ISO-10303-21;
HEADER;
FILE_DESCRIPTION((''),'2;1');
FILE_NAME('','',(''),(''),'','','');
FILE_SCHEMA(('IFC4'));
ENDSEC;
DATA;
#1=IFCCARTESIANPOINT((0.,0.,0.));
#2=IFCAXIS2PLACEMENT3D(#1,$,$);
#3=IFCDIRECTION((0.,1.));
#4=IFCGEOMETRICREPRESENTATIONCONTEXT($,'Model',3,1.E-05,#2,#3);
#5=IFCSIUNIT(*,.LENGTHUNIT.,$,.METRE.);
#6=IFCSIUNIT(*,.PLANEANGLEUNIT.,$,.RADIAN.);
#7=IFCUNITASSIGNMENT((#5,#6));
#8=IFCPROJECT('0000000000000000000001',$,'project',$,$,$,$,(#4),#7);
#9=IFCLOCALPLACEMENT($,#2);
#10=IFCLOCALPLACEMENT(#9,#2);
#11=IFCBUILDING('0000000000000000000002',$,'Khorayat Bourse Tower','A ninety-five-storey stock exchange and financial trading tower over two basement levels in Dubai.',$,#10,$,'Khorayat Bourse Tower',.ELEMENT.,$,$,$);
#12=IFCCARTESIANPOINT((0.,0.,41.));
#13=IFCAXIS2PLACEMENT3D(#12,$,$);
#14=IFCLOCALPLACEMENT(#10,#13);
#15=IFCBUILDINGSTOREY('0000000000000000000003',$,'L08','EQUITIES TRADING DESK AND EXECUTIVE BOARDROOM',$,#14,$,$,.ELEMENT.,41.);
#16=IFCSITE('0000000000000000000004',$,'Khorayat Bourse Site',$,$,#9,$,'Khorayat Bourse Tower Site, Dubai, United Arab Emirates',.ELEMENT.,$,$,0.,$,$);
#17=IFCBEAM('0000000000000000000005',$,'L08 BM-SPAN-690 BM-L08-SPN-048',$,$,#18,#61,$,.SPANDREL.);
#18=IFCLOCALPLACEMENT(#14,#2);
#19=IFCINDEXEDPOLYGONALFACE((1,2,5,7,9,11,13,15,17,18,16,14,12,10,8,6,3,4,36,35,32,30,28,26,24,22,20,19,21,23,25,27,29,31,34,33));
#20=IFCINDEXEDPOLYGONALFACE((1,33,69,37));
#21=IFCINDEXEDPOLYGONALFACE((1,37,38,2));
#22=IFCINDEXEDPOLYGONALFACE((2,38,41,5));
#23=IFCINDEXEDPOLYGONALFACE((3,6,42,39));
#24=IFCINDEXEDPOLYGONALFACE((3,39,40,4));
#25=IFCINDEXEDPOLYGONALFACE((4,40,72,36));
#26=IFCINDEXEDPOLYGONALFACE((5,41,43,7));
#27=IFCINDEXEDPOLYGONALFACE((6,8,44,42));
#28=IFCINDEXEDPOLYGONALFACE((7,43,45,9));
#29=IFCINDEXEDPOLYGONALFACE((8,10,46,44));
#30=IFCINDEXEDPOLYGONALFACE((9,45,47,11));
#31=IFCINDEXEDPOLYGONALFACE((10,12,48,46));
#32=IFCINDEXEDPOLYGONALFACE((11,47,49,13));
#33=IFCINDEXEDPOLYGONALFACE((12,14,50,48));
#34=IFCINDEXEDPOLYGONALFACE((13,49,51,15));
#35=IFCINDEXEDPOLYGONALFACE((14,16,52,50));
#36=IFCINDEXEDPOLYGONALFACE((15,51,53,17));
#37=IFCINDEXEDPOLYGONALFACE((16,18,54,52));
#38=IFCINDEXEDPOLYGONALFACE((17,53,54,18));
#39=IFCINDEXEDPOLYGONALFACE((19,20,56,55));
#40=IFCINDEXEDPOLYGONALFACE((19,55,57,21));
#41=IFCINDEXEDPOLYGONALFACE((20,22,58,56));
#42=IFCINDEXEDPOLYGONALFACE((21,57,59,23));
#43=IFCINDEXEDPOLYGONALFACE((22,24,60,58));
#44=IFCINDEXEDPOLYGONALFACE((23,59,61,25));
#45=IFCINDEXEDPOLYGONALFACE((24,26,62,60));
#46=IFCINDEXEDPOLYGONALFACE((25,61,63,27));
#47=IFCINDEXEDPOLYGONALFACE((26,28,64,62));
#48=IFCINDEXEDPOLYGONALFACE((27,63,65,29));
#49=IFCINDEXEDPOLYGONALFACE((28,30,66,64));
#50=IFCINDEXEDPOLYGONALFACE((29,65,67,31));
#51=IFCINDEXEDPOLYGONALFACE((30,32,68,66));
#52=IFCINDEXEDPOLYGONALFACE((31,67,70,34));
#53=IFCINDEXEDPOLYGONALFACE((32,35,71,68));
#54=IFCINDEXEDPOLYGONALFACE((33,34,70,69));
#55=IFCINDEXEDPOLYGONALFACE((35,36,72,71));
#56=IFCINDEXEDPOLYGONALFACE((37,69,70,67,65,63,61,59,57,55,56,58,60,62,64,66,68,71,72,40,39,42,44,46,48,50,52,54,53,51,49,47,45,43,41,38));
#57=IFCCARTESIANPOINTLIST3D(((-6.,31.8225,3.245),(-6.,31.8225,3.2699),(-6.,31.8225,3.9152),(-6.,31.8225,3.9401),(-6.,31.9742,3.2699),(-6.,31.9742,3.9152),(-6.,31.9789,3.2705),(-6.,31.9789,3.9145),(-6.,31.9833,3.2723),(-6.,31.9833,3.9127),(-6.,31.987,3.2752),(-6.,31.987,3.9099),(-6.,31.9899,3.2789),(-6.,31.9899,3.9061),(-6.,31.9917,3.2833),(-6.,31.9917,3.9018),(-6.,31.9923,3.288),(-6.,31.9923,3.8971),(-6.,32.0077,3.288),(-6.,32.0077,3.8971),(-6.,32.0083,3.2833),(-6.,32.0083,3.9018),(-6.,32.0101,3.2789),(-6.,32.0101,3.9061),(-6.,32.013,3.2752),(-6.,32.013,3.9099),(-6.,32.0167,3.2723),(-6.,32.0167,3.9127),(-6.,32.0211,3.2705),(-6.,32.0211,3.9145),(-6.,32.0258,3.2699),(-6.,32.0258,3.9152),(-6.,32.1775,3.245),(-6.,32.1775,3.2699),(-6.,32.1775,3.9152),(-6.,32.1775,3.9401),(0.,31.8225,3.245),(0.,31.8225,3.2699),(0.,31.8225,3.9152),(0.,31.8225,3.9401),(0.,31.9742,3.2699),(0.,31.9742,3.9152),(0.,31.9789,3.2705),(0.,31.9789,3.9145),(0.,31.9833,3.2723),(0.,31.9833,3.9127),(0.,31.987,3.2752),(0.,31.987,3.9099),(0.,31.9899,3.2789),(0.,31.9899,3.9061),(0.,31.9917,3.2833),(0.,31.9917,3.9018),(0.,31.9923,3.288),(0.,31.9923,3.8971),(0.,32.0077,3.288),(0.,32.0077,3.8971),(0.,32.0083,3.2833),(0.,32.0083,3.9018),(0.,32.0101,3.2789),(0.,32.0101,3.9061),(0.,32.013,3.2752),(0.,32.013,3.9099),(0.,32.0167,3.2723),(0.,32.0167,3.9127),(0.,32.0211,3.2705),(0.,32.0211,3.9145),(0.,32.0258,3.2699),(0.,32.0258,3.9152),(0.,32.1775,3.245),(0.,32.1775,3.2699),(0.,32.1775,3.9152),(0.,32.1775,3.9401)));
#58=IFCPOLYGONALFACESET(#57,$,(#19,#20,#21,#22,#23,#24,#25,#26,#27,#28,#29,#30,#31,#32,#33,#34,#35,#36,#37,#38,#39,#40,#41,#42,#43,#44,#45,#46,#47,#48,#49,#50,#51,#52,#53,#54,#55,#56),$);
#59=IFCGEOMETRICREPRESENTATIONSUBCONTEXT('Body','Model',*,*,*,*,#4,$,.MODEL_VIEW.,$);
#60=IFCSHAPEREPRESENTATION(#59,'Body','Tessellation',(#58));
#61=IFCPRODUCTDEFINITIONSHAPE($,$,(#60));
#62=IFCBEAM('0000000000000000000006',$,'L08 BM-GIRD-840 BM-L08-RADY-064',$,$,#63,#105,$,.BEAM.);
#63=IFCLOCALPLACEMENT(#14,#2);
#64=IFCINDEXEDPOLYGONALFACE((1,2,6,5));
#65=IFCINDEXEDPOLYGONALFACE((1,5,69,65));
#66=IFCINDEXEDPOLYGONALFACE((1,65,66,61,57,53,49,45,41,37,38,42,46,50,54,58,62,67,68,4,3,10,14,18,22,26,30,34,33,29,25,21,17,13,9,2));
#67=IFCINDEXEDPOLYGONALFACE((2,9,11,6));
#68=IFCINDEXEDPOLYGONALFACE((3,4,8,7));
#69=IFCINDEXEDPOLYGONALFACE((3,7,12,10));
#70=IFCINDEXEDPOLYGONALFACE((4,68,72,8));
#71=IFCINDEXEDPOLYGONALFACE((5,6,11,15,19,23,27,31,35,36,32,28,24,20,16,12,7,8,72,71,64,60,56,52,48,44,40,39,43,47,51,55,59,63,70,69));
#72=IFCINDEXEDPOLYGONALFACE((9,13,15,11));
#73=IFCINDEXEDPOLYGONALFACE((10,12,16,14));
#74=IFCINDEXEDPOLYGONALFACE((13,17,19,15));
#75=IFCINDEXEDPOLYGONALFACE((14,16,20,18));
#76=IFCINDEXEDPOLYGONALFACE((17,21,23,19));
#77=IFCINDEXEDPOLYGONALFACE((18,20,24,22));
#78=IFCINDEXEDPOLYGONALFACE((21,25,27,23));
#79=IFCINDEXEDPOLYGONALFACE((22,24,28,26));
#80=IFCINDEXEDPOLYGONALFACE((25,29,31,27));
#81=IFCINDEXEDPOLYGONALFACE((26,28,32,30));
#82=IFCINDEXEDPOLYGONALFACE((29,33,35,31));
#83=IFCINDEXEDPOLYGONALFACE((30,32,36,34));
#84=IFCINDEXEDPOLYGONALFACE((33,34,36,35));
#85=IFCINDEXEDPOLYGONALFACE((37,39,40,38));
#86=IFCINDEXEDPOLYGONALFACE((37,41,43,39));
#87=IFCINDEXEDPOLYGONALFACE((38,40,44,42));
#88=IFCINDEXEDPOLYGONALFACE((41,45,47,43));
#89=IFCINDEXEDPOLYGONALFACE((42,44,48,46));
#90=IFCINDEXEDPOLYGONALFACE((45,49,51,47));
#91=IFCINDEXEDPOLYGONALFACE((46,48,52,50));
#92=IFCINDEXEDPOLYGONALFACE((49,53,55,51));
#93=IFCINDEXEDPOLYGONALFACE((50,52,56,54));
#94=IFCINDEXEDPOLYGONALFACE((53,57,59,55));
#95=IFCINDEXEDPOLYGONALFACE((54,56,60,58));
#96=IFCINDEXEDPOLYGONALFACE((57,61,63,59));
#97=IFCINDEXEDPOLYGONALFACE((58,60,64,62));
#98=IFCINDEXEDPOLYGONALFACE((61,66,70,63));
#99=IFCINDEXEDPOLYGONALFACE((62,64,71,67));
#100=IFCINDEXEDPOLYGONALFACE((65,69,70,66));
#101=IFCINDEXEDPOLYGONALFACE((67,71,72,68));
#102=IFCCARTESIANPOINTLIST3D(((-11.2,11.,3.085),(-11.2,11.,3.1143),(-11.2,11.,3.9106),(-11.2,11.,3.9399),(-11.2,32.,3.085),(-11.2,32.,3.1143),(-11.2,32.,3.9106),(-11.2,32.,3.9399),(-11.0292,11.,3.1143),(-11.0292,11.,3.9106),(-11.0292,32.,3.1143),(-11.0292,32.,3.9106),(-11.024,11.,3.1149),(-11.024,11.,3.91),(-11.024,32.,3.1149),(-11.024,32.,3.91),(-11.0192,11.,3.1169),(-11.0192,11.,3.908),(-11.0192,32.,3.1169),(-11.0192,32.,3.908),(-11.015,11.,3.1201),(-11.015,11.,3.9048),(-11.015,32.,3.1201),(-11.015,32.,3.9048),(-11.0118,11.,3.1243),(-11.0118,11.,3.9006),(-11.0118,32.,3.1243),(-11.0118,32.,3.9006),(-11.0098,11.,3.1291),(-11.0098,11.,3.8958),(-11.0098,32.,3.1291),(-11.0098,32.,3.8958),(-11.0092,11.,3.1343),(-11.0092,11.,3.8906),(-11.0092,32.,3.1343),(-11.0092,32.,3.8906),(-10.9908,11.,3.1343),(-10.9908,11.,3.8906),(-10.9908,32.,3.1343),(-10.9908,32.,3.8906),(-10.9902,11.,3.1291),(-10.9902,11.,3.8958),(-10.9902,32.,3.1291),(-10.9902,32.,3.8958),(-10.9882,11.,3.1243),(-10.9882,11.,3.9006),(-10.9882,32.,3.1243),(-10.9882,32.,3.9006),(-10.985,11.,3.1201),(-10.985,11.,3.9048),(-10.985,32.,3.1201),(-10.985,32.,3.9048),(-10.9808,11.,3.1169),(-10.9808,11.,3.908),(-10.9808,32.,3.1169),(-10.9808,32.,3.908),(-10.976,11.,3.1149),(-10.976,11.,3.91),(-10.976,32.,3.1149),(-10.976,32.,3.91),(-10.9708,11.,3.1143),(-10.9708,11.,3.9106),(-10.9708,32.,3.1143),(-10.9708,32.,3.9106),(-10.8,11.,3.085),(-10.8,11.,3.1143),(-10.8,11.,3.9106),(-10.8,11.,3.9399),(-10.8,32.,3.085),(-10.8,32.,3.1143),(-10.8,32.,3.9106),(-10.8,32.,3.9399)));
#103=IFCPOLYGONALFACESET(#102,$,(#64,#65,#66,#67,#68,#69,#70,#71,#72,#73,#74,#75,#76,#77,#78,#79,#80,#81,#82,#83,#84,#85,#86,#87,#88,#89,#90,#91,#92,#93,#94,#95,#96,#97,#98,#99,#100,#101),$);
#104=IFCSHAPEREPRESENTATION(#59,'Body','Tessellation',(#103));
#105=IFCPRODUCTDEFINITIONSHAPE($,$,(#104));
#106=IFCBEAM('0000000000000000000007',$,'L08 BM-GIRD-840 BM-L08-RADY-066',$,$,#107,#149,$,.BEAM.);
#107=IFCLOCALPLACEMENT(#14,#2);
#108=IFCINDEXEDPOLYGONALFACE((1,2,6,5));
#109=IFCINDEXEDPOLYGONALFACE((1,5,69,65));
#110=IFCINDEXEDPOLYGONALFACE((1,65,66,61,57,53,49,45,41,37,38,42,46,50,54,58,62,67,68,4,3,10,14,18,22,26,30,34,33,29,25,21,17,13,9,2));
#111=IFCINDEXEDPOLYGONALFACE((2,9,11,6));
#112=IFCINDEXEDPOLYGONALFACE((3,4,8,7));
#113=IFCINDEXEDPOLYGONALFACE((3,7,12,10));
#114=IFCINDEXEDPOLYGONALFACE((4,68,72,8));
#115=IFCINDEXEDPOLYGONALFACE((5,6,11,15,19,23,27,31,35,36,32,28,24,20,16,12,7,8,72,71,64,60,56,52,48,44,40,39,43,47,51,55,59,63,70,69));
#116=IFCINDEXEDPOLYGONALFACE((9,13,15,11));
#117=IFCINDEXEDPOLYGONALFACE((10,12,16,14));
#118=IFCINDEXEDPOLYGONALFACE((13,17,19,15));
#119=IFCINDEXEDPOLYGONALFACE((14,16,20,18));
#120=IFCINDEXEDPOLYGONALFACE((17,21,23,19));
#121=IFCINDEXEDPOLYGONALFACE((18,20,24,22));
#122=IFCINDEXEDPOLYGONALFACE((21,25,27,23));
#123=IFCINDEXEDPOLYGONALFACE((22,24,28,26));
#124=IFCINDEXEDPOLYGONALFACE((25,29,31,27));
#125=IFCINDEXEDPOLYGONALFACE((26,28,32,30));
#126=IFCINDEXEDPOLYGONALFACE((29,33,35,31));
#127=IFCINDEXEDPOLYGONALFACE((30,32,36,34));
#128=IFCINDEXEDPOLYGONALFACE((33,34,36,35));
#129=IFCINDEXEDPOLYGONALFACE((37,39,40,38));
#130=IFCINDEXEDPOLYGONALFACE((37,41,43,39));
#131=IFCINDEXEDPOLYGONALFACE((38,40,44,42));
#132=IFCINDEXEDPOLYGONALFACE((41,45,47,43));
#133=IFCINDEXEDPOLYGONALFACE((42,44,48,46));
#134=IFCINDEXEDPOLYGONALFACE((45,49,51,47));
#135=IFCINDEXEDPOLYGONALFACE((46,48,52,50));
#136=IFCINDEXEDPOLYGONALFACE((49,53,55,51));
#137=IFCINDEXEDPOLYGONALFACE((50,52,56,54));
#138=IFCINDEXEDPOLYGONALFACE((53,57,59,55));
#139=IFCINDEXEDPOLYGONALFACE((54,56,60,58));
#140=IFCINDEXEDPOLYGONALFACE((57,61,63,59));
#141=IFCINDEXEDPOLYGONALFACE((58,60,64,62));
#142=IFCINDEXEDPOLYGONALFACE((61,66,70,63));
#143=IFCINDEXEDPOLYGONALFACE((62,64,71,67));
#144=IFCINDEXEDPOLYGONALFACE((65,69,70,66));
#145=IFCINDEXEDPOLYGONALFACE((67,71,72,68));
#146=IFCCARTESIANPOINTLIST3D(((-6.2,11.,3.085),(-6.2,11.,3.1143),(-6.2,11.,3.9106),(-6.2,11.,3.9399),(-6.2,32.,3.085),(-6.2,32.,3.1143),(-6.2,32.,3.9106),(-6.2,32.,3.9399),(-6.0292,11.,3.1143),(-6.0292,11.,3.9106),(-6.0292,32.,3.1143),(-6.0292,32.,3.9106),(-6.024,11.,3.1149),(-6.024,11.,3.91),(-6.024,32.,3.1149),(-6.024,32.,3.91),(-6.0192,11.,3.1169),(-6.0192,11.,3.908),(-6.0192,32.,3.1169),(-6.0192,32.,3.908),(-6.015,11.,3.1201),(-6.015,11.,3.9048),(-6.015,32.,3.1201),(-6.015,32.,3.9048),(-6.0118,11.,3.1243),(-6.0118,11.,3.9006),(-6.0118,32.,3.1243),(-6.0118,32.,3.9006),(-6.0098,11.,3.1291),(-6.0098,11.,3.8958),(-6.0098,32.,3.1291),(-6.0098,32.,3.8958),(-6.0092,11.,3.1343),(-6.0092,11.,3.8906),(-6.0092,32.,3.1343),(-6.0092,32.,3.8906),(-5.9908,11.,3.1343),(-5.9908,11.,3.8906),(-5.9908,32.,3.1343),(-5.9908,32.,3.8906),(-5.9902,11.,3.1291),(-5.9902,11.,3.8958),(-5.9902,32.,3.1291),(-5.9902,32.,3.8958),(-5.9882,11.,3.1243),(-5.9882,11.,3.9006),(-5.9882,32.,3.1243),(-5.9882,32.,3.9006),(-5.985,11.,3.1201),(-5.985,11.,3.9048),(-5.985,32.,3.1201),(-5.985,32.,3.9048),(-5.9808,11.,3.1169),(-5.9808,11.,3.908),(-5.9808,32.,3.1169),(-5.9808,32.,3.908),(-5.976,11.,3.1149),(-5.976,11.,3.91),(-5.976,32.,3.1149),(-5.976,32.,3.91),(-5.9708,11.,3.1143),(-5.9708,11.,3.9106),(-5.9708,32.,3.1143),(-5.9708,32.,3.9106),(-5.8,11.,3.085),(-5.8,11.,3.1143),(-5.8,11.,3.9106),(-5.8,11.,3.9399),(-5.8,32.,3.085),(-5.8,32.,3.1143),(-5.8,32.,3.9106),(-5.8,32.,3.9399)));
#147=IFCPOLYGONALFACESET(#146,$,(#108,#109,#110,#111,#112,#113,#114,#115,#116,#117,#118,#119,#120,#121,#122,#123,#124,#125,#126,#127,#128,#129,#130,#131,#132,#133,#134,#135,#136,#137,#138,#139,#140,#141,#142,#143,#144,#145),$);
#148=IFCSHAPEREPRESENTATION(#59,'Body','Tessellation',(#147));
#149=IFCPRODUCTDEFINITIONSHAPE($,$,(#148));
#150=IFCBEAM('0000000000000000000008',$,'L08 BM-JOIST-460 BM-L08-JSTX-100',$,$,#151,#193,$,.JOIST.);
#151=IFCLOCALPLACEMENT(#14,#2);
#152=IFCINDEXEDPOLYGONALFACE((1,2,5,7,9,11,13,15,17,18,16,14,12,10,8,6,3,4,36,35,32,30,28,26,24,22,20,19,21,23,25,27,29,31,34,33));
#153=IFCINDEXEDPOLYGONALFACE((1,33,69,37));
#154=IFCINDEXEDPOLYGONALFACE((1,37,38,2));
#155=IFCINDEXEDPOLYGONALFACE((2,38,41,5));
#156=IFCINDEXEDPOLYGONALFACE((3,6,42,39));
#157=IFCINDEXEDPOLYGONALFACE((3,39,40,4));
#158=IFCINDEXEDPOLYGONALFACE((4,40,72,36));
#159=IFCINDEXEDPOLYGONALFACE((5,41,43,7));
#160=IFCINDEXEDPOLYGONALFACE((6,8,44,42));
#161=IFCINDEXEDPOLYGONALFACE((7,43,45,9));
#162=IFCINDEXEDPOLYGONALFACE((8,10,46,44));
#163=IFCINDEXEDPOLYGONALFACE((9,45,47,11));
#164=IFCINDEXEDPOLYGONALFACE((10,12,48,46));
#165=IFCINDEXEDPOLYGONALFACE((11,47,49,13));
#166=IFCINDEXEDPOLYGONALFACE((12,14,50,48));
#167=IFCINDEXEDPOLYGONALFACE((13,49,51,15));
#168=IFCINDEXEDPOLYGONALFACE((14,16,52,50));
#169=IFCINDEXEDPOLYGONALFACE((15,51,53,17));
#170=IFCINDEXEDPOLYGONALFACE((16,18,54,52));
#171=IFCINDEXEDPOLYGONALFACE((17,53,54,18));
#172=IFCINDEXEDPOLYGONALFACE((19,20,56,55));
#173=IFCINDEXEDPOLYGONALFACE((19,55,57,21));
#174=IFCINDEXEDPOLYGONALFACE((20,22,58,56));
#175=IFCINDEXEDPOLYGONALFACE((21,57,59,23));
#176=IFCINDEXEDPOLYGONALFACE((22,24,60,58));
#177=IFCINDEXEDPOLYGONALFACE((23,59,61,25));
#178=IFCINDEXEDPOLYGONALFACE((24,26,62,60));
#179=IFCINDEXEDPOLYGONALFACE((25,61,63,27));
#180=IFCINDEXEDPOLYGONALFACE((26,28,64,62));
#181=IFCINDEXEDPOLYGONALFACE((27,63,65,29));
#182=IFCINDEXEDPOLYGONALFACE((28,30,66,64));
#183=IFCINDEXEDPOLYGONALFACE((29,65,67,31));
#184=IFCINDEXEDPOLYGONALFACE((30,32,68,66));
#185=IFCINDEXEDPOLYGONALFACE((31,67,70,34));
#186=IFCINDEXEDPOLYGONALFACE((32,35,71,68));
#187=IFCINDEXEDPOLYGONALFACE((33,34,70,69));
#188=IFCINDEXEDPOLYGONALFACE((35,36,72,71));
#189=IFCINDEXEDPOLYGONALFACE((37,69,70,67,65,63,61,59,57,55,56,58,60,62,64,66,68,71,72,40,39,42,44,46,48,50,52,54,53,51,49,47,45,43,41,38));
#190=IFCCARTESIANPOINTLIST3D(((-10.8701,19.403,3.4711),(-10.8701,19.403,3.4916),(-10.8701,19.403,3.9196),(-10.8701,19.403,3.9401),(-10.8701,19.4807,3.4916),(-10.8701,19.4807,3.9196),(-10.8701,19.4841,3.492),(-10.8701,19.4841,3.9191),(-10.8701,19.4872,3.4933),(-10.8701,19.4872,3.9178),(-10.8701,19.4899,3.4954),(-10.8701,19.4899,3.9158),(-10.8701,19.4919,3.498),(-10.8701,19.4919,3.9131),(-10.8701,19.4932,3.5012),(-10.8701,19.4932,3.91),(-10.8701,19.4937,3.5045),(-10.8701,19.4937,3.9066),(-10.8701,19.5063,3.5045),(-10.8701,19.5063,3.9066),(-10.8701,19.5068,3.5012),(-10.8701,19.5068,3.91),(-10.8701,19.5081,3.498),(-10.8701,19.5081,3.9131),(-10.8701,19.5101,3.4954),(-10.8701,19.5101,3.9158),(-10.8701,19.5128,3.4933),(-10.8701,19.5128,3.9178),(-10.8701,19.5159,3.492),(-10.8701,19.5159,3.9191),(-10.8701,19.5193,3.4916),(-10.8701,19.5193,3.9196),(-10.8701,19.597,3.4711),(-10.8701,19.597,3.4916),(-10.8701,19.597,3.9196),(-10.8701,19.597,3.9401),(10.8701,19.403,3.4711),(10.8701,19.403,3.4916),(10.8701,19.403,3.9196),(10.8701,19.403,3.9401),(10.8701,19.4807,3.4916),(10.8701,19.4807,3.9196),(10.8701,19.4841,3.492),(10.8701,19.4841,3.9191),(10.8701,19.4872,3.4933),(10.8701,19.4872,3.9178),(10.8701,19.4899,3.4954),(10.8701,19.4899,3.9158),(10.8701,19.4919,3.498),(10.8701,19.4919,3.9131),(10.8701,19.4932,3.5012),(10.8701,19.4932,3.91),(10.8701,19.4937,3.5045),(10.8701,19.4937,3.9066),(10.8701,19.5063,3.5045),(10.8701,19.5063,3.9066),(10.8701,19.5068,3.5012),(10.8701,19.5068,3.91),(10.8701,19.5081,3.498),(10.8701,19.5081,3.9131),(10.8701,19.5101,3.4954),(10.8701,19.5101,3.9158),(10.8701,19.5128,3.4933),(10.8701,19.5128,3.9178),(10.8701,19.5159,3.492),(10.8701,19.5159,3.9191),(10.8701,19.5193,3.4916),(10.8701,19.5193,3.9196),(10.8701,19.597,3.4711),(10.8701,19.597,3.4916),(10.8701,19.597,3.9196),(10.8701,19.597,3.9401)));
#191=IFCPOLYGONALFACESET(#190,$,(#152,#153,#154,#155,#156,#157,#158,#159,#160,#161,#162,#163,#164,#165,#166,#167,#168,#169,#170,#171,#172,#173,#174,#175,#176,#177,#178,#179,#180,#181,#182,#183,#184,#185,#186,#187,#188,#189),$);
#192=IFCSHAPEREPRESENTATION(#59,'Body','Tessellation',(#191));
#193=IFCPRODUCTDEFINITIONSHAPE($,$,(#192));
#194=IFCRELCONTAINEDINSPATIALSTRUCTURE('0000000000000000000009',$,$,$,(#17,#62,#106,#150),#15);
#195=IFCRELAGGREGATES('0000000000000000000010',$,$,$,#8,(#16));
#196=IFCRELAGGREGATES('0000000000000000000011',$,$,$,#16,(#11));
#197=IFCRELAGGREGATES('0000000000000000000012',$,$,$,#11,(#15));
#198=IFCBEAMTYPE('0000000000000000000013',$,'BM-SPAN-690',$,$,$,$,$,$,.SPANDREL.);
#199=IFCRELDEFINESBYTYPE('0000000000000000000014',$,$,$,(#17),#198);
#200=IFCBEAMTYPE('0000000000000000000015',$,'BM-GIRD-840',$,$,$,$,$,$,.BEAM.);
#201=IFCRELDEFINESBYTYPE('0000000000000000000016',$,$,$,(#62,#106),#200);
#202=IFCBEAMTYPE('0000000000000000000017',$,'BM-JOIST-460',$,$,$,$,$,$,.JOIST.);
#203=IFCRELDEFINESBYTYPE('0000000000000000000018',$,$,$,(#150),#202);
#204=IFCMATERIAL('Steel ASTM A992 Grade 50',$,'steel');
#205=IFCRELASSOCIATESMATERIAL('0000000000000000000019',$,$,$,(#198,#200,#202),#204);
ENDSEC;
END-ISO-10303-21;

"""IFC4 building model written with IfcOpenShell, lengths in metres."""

from ifc_helpers import new_model, si_unit, direction, frame, origin, origin_2d, place, context, subcontext, project, spatial, i_section, extrude, source, transform, mapped, material, material_profile, profile_set, type_object, element, save


model = new_model("IFC4")

# Units and contexts
model_context = context("Model", 3, precision=1e-05, world=origin(), true_north=direction((0.0, 1.0)))
body_context = subcontext(model_context, "Body", "Model", "MODEL_VIEW")
ifc_project = project(units=[si_unit("LENGTHUNIT", "METRE"), si_unit("PLANEANGLEUNIT", "RADIAN")], contexts=[model_context])

# Site, building, storey
site_placement = place(None, origin())
site = spatial("IfcSite", under=ifc_project, at=site_placement, Name="Khorayat Bourse Site", LongName="Khorayat Bourse Tower Site, Dubai, United Arab Emirates", CompositionType="ELEMENT", RefElevation=0.0)
building_placement = place(site_placement, origin())
building = spatial("IfcBuilding", under=site, at=building_placement, Name="Khorayat Bourse Tower", Description="A ninety-five-storey stock exchange and financial trading tower over two basement levels in Dubai.", LongName="Khorayat Bourse Tower", CompositionType="ELEMENT")
storey_placement = place(building_placement, frame((0.0, 0.0, 41.0)))
storey = spatial("IfcBuildingStorey", under=building, at=storey_placement, Name="L08", Description="EQUITIES TRADING DESK AND EXECUTIVE BOARDROOM", CompositionType="ELEMENT", Elevation=41.0)

# Beams
ifc_material_1 = material(Name="Steel ASTM A992 Grade 50", Category="steel")
ifc_material_profile_1 = material_profile(ifc_material_1, i_section(OverallWidth=0.355, OverallDepth=0.6951, WebThickness=0.0154, FlangeThickness=0.0249, FilletRadius=0.0181, at=origin_2d()), Name="W690X217")
ifc_profile_set_1 = profile_set([ifc_material_profile_1], Name="Steel ASTM A992 Grade 50")
beam_type_1 = type_object("IfcBeamType", Name="BM-SPAN-690", PredefinedType="SPANDREL", material=ifc_profile_set_1)
shared_shape_1 = source(origin(), body_context, "Body", "SweptSolid", [
    extrude(i_section(OverallWidth=0.355, OverallDepth=0.6951, WebThickness=0.0154, FlangeThickness=0.0249, FilletRadius=0.0181, at=origin_2d()), origin(), (0.0, 0.0, 1.0), 6.0),
])
beam_1_placement = place(storey_placement, frame((-6.0, 32.0, 3.5925), z_axis=(1.0, 0.0, 0.0), x_axis=(0.0, 1.0, 0.0)))
element("IfcBeam", 1, at=beam_1_placement, inside=storey, type_object=beam_type_1, Name="L08 BM-SPAN-690 BM-L08-SPN-048", PredefinedType="SPANDREL", context=body_context, shape_type="MappedRepresentation", body=[
    mapped(shared_shape_1, transform((0.0, 0.0, 0.0), scale=1.0)),
])
ifc_material_profile_2 = material_profile(ifc_material_1, i_section(OverallWidth=0.3999, OverallDepth=0.855, WebThickness=0.0183, FlangeThickness=0.0293, FilletRadius=0.02, at=origin_2d()), Name="W840X299")
ifc_profile_set_2 = profile_set([ifc_material_profile_2], Name="Steel ASTM A992 Grade 50")
beam_type_2 = type_object("IfcBeamType", Name="BM-GIRD-840", PredefinedType="BEAM", material=ifc_profile_set_2)
shared_shape_2 = source(origin(), body_context, "Body", "SweptSolid", [
    extrude(i_section(OverallWidth=0.3999, OverallDepth=0.855, WebThickness=0.0183, FlangeThickness=0.0293, FilletRadius=0.02, at=origin_2d()), origin(), (0.0, 0.0, 1.0), 21.0),
])
for number, where, z_axis, x_axis, name in (
    (2, (-11.0, 11.0, 3.5125), (0.0, 1.0, 0.0), (-1.0, 0.0, 0.0), "L08 BM-GIRD-840 BM-L08-RADY-064"),
    (3, (-6.0, 11.0, 3.5125), (0.0, 1.0, 0.0), (-1.0, 0.0, 0.0), "L08 BM-GIRD-840 BM-L08-RADY-066"),
):
    element("IfcBeam", number, at=place(storey_placement, frame(where, z_axis=z_axis, x_axis=x_axis)), inside=storey, type_object=beam_type_2, Name=name, PredefinedType="BEAM", context=body_context, shape_type="MappedRepresentation", body=[
        mapped(shared_shape_2, transform((0.0, 0.0, 0.0), scale=1.0)),
    ])
ifc_material_profile_3 = material_profile(ifc_material_1, i_section(OverallWidth=0.1941, OverallDepth=0.469, WebThickness=0.0127, FlangeThickness=0.0205, FilletRadius=0.0129, at=origin_2d()), Name="W460X106")
ifc_profile_set_3 = profile_set([ifc_material_profile_3], Name="Steel ASTM A992 Grade 50")
beam_type_3 = type_object("IfcBeamType", Name="BM-JOIST-460", PredefinedType="JOIST", material=ifc_profile_set_3)
shared_shape_3 = source(origin(), body_context, "Body", "SweptSolid", [
    extrude(i_section(OverallWidth=0.1941, OverallDepth=0.469, WebThickness=0.0127, FlangeThickness=0.0205, FilletRadius=0.0129, at=origin_2d()), origin(), (0.0, 0.0, 1.0), 21.7402),
])
beam_2_placement = place(storey_placement, frame((-10.8701, 19.5, 3.7056), z_axis=(1.0, 0.0, 0.0), x_axis=(0.0, 1.0, 0.0)))
element("IfcBeam", 4, at=beam_2_placement, inside=storey, type_object=beam_type_3, Name="L08 BM-JOIST-460 BM-L08-JSTX-100", PredefinedType="JOIST", context=body_context, shape_type="MappedRepresentation", body=[
    mapped(shared_shape_3, transform((0.0, 0.0, 0.0), scale=1.0)),
])

save(model, "model.ifc")
